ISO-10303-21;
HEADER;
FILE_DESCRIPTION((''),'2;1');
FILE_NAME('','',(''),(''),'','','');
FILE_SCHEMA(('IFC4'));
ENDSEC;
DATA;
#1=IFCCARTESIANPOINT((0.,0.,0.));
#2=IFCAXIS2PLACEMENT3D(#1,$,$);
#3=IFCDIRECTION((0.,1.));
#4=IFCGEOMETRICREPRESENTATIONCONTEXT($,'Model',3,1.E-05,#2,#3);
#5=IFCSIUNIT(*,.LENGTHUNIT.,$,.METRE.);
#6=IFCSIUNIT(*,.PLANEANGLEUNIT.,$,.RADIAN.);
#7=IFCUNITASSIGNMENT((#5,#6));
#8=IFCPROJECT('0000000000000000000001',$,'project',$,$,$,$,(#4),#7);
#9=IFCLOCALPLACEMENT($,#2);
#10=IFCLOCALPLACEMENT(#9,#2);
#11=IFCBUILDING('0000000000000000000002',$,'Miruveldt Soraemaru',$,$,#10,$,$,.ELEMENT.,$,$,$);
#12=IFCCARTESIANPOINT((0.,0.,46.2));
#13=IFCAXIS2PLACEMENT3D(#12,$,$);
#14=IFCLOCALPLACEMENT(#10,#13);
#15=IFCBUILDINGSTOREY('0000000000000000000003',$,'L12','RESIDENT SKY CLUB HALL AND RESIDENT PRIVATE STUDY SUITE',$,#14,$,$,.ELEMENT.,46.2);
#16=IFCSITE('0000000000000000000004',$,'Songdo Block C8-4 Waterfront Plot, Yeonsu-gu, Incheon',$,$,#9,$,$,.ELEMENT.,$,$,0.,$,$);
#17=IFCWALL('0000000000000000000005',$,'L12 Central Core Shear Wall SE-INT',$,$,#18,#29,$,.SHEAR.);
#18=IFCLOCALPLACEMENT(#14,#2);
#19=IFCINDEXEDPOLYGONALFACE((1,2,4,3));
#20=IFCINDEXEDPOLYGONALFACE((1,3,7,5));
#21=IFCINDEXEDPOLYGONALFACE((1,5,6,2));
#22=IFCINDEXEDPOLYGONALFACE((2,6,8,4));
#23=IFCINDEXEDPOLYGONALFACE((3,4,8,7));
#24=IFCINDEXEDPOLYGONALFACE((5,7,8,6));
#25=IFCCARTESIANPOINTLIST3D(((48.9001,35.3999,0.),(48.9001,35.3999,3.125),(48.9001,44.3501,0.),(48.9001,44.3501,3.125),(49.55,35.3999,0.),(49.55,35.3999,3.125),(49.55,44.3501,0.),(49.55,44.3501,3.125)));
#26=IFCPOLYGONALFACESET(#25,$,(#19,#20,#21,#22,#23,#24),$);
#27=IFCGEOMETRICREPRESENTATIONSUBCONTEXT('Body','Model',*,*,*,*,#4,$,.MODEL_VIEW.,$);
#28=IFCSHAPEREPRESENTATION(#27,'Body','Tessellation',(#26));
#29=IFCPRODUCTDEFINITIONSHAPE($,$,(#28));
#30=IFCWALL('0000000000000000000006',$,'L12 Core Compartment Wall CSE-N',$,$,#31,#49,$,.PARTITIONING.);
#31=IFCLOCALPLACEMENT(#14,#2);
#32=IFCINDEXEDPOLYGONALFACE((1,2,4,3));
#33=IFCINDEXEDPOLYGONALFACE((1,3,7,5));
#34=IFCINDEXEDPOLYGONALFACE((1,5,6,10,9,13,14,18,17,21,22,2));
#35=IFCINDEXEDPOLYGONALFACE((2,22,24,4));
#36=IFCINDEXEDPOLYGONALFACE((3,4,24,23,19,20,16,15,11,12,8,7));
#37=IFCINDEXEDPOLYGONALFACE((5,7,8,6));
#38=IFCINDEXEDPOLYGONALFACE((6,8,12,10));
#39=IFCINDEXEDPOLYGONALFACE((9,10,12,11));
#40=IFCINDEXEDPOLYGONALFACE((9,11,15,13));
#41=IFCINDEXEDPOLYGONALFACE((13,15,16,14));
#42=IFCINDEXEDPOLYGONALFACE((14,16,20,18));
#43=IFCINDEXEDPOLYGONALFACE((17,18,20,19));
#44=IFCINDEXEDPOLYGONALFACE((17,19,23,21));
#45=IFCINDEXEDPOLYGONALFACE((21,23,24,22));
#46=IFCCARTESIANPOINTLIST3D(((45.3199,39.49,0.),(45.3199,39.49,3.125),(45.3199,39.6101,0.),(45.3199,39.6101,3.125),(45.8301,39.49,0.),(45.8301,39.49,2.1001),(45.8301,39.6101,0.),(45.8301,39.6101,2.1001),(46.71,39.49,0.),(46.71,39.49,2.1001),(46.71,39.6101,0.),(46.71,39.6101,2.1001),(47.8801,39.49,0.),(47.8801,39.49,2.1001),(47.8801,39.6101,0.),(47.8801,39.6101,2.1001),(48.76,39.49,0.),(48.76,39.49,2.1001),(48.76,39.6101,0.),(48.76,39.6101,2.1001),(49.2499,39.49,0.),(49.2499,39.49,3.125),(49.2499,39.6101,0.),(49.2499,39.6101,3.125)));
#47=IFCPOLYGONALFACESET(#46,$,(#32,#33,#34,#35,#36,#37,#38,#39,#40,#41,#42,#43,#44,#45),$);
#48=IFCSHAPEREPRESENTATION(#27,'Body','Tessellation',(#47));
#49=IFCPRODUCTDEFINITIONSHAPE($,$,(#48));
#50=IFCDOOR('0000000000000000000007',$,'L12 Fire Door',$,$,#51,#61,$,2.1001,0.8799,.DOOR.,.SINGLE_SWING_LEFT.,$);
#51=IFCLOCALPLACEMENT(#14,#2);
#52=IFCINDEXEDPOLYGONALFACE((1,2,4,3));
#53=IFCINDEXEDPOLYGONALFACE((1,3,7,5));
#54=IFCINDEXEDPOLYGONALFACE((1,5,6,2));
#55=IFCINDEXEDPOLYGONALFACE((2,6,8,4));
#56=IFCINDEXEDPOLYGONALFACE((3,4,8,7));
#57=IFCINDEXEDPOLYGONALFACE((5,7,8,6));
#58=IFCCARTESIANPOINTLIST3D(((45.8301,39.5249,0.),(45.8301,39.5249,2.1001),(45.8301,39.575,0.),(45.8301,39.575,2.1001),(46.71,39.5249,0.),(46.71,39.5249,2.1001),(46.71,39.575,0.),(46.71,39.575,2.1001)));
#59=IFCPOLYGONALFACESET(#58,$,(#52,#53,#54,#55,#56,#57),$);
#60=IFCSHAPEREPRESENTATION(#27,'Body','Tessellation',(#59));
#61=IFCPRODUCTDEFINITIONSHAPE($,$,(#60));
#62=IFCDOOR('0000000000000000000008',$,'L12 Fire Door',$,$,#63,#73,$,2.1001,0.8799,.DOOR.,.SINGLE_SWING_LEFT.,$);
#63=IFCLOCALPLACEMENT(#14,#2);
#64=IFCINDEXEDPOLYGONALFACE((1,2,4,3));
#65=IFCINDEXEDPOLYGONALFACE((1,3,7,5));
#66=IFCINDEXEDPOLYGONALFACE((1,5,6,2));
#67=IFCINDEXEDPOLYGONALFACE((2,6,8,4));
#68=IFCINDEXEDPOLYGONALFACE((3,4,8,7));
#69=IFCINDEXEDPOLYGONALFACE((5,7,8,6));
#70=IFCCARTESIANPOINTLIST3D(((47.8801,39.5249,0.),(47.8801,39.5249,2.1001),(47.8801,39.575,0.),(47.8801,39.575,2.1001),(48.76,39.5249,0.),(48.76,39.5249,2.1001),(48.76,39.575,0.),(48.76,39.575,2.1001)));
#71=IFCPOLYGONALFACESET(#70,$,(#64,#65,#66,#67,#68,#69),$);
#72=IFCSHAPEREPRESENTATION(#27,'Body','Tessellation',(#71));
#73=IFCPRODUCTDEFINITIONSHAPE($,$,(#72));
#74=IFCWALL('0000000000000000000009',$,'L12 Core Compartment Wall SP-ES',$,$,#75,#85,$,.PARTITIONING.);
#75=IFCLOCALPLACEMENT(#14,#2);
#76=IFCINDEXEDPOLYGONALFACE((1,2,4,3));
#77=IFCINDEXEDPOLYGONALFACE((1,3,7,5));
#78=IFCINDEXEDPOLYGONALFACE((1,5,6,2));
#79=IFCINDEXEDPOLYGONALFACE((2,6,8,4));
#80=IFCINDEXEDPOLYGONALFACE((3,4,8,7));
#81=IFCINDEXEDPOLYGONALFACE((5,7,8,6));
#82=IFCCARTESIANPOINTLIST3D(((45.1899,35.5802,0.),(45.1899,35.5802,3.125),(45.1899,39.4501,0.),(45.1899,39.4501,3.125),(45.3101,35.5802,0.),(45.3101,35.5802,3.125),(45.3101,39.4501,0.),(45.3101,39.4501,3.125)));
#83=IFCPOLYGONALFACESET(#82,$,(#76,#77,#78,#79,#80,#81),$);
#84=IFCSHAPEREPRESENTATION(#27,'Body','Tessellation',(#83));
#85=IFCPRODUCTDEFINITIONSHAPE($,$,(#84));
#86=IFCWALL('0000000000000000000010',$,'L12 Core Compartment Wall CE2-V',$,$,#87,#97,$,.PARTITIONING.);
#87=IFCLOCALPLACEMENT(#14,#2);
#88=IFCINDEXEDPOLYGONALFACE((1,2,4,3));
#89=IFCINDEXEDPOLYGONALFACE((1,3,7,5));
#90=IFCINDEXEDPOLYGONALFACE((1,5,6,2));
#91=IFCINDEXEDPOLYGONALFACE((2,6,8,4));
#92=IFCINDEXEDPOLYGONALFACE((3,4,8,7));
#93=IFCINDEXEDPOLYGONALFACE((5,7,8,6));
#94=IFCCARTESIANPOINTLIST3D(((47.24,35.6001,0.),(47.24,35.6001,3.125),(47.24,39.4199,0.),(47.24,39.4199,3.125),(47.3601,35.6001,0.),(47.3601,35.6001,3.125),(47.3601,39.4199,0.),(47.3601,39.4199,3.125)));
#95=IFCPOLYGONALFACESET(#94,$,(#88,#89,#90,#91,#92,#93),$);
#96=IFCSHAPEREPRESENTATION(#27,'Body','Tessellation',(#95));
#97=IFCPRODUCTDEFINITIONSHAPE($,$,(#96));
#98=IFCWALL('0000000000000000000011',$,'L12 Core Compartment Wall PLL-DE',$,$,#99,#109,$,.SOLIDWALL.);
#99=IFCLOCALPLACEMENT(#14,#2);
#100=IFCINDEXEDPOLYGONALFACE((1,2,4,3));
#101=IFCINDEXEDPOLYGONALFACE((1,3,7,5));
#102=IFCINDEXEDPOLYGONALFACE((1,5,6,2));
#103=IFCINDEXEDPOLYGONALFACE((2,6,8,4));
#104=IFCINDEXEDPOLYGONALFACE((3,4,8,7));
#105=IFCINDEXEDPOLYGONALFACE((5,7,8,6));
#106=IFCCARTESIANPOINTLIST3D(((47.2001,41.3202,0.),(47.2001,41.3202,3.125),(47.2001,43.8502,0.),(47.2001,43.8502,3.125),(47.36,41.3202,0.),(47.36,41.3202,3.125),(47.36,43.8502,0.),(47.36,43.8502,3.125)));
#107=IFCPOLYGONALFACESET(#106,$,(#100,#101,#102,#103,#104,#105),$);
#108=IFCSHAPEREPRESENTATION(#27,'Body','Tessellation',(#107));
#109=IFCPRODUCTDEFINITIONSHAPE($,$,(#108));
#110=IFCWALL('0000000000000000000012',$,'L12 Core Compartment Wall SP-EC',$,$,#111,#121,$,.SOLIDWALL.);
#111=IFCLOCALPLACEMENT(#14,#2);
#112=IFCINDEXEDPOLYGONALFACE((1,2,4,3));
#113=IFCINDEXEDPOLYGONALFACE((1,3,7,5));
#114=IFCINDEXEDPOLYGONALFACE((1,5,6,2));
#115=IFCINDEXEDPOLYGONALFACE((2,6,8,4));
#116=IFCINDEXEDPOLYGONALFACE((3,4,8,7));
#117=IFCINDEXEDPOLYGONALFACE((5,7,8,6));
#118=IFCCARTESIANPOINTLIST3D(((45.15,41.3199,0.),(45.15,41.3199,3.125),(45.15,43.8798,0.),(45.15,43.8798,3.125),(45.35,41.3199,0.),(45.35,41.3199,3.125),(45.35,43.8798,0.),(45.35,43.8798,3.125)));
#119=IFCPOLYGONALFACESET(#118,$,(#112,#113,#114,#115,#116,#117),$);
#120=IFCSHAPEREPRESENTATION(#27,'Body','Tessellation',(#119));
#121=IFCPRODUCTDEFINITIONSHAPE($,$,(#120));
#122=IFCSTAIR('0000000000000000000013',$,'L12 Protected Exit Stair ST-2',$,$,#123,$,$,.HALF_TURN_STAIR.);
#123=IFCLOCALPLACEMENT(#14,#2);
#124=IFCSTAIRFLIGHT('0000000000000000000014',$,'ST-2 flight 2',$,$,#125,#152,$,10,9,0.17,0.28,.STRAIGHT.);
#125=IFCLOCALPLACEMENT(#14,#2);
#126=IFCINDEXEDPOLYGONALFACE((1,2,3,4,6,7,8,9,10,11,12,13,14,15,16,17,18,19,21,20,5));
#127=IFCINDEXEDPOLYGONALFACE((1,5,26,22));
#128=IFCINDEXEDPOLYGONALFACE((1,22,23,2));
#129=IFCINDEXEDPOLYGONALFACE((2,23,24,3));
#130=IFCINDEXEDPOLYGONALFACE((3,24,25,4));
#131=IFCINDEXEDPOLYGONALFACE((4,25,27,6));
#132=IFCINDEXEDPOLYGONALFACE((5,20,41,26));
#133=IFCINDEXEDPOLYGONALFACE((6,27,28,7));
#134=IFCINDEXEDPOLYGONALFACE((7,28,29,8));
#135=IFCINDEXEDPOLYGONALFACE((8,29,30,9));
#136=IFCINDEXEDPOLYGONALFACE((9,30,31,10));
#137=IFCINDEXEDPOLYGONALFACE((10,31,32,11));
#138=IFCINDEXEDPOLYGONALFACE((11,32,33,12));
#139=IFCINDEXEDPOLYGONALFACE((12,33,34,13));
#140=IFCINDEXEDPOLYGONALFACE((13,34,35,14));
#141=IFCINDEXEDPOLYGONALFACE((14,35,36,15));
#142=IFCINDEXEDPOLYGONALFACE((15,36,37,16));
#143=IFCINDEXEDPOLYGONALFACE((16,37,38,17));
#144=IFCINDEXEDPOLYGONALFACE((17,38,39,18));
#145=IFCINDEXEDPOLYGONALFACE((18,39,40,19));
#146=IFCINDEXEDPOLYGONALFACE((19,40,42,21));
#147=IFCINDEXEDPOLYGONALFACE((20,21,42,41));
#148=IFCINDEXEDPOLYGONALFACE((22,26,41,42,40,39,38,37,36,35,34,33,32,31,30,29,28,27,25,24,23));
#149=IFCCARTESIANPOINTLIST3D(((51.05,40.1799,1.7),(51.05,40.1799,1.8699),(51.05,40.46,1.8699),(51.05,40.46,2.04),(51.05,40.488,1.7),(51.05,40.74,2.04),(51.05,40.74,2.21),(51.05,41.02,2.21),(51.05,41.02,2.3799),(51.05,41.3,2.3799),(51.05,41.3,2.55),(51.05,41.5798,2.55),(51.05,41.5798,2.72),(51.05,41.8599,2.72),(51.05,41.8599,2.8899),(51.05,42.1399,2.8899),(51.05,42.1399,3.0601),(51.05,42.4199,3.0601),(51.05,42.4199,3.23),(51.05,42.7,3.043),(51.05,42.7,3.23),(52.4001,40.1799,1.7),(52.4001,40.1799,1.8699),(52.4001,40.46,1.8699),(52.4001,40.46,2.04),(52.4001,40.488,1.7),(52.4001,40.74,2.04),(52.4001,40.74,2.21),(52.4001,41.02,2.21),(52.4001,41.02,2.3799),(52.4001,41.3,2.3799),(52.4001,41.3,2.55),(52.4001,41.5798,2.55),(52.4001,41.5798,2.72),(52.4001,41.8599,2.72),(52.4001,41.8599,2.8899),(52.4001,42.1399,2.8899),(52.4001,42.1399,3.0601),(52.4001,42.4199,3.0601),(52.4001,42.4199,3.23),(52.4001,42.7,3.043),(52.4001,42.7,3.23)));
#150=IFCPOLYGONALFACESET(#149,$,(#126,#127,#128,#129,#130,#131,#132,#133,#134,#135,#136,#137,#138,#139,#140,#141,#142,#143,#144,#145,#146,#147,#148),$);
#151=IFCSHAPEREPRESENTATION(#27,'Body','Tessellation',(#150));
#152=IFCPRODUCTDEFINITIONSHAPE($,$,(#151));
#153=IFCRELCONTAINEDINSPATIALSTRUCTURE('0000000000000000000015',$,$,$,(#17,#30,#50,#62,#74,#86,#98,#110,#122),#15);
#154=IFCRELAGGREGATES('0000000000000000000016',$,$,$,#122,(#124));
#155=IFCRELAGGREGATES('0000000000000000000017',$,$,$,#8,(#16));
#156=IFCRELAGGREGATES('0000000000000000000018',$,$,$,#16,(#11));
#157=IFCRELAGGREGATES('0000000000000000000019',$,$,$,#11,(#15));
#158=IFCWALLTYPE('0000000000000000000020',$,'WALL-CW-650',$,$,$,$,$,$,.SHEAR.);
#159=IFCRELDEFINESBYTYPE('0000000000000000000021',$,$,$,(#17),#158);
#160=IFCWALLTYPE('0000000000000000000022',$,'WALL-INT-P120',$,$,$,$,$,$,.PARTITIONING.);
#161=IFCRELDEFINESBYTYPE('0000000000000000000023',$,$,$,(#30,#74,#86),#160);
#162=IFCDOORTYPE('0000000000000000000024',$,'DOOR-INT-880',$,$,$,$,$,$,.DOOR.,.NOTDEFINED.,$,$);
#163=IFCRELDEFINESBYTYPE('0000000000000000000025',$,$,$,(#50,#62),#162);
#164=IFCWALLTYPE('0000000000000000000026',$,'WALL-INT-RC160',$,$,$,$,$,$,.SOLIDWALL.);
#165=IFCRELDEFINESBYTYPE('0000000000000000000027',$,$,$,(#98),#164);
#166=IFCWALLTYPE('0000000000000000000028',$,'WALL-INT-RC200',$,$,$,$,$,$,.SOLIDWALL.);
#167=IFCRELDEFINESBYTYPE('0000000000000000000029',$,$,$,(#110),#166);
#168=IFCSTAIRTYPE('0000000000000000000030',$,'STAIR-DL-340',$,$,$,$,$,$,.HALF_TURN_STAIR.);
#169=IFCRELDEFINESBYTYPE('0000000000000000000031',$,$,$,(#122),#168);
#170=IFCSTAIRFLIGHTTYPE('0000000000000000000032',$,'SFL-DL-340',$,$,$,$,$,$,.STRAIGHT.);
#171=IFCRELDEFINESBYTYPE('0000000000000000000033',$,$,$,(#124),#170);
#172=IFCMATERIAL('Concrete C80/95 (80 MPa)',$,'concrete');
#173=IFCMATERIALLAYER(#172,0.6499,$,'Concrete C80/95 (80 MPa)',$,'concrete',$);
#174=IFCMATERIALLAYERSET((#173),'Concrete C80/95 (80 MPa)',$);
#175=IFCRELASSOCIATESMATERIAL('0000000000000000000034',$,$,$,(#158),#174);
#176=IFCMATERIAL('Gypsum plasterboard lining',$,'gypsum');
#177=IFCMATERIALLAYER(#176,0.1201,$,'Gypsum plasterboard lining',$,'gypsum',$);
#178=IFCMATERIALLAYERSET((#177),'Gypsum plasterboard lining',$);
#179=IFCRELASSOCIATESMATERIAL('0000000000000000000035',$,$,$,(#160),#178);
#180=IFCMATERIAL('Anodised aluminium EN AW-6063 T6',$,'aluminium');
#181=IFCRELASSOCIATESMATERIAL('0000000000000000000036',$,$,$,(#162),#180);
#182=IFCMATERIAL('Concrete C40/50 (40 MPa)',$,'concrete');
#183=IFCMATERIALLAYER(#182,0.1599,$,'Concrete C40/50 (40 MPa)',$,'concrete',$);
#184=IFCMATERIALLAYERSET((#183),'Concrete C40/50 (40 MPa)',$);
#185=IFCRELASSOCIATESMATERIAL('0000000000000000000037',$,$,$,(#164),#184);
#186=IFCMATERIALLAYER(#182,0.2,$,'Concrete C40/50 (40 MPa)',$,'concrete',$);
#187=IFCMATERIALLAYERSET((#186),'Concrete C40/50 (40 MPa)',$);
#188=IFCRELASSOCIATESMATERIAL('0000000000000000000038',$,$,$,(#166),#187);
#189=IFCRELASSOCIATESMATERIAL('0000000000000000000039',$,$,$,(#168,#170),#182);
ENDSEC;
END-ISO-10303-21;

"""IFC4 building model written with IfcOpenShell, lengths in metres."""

from ifc_helpers import new_model, si_unit, direction, frame, frame_2d, origin, place, context, subcontext, project, spatial, polyline, rectangle, outline, extrude, material, layer, layer_set, type_object, element, fill, aggregate, save


model = new_model("IFC4")

# Units and contexts
model_context = context("Model", 3, precision=1e-05, world=origin(), true_north=direction((0.0, 1.0)))
body_context = subcontext(model_context, "Body", "Model", "MODEL_VIEW")
ifc_project = project(units=[si_unit("LENGTHUNIT", "METRE"), si_unit("PLANEANGLEUNIT", "RADIAN")], contexts=[model_context])

# Site, building, storey
site_placement = place(None, origin())
site = spatial("IfcSite", under=ifc_project, at=site_placement, Name="Songdo Block C8-4 Waterfront Plot, Yeonsu-gu, Incheon", CompositionType="ELEMENT", RefElevation=0.0)
building_placement = place(site_placement, origin())
building = spatial("IfcBuilding", under=site, at=building_placement, Name="Miruveldt Soraemaru", CompositionType="ELEMENT")
storey_placement = place(building_placement, frame((0.0, 0.0, 46.2)))
storey = spatial("IfcBuildingStorey", under=building, at=storey_placement, Name="L12", Description="RESIDENT SKY CLUB HALL AND RESIDENT PRIVATE STUDY SUITE", CompositionType="ELEMENT", Elevation=46.2)

# Wall
ifc_material_1 = material(Name="Concrete C80/95 (80 MPa)", Category="concrete")
ifc_layer_1 = layer(ifc_material_1, 0.6499, Name="Concrete C80/95 (80 MPa)", Category="concrete")
ifc_layer_set_1 = layer_set([ifc_layer_1], Name="Concrete C80/95 (80 MPa)")
wall_type_1 = type_object("IfcWallType", Name="WALL-CW-650", PredefinedType="SHEAR", material=ifc_layer_set_1)
wall_1_placement = place(storey_placement, frame((49.2251, 35.3999, 0.0), z_axis=(0.0, 0.0, 1.0), x_axis=(0.0, 1.0, 0.0)))
element("IfcWall", 1, at=wall_1_placement, inside=storey, type_object=wall_type_1, Name="L12 Central Core Shear Wall SE-INT", PredefinedType="SHEAR", context=body_context, shape_type="SweptSolid", body=[
    extrude(rectangle(XDim=8.9502, YDim=0.6499, at=frame_2d((4.4751, 0.0))), origin(), (0.0, 0.0, 1.0), 3.125),
])

# Wall, openings, doors
ifc_material_2 = material(Name="Gypsum plasterboard lining", Category="gypsum")
ifc_layer_2 = layer(ifc_material_2, 0.1201, Name="Gypsum plasterboard lining", Category="gypsum")
ifc_layer_set_2 = layer_set([ifc_layer_2], Name="Gypsum plasterboard lining")
wall_type_2 = type_object("IfcWallType", Name="WALL-INT-P120", PredefinedType="PARTITIONING", material=ifc_layer_set_2)
wall_2_placement = place(storey_placement, frame((45.3201, 39.55, 0.0), z_axis=(0.0, 0.0, 1.0), x_axis=(1.0, 0.0, 0.0)))
wall_2 = element("IfcWall", 2, at=wall_2_placement, inside=storey, type_object=wall_type_2, Name="L12 Core Compartment Wall CSE-N", PredefinedType="PARTITIONING", context=body_context, shape_type="SweptSolid", body=[
    extrude(rectangle(XDim=3.9299, YDim=0.1201, at=frame_2d((1.9648, 0.0))), origin(), (0.0, 0.0, 1.0), 3.125),
])
opening_1_placement = place(wall_2_placement, frame((0.51, 0.0, 0.0)))
opening_1 = element("IfcOpeningElement", 3, at=opening_1_placement, cuts=wall_2, PredefinedType="OPENING", context=body_context, shape_type="SweptSolid", body=[
    extrude(rectangle(XDim=0.8799, YDim=2.1001, at=frame_2d((0.4399, 1.05))), frame((0.0, 0.0701, 0.0), z_axis=(0.0, -1.0, 0.0), x_axis=(1.0, 0.0, 0.0)), (0.0, 0.0, 1.0), 0.1401),
])
opening_2_placement = place(wall_2_placement, frame((2.5601, 0.0, 0.0)))
opening_2 = element("IfcOpeningElement", 4, at=opening_2_placement, cuts=wall_2, PredefinedType="OPENING", context=body_context, shape_type="SweptSolid", body=[
    extrude(rectangle(XDim=0.8799, YDim=2.1001, at=frame_2d((0.4399, 1.05))), frame((0.0, 0.0701, 0.0), z_axis=(0.0, -1.0, 0.0), x_axis=(1.0, 0.0, 0.0)), (0.0, 0.0, 1.0), 0.1401),
])
ifc_material_3 = material(Name="Anodised aluminium EN AW-6063 T6", Category="aluminium")
door_type_1 = type_object("IfcDoorType", Name="DOOR-INT-880", OperationType="NOTDEFINED", PredefinedType="DOOR", material=ifc_material_3)
door_1_placement = place(opening_1_placement, origin())
door_1 = element("IfcDoor", 5, at=door_1_placement, inside=storey, type_object=door_type_1, Name="L12 Fire Door", OperationType="SINGLE_SWING_LEFT", OverallHeight=2.1001, OverallWidth=0.8799, PredefinedType="DOOR", context=body_context, shape_type="SweptSolid", body=[
    extrude(rectangle(XDim=0.8799, YDim=2.1001, at=frame_2d((0.4399, 1.05))), frame((0.0, 0.0249, 0.0), z_axis=(0.0, -1.0, 0.0), x_axis=(1.0, 0.0, 0.0)), (0.0, 0.0, 1.0), 0.05),
])
fill(opening_1, door_1)
door_2_placement = place(opening_2_placement, origin())
door_2 = element("IfcDoor", 6, at=door_2_placement, inside=storey, type_object=door_type_1, Name="L12 Fire Door", OperationType="SINGLE_SWING_LEFT", OverallHeight=2.1001, OverallWidth=0.8799, PredefinedType="DOOR", context=body_context, shape_type="SweptSolid", body=[
    extrude(rectangle(XDim=0.8799, YDim=2.1001, at=frame_2d((0.4399, 1.05))), frame((0.0, 0.0249, 0.0), z_axis=(0.0, -1.0, 0.0), x_axis=(1.0, 0.0, 0.0)), (0.0, 0.0, 1.0), 0.05),
])
fill(opening_2, door_2)

# Walls
wall_3_placement = place(storey_placement, frame((45.25, 35.5801, 0.0), z_axis=(0.0, 0.0, 1.0), x_axis=(0.0, 1.0, 0.0)))
element("IfcWall", 7, at=wall_3_placement, inside=storey, type_object=wall_type_2, Name="L12 Core Compartment Wall SP-ES", PredefinedType="PARTITIONING", context=body_context, shape_type="SweptSolid", body=[
    extrude(rectangle(XDim=3.8699, YDim=0.1201, at=frame_2d((1.9351, 0.0))), origin(), (0.0, 0.0, 1.0), 3.125),
])
wall_4_placement = place(storey_placement, frame((47.3, 35.6001, 0.0), z_axis=(0.0, 0.0, 1.0), x_axis=(0.0, 1.0, 0.0)))
element("IfcWall", 8, at=wall_4_placement, inside=storey, type_object=wall_type_2, Name="L12 Core Compartment Wall CE2-V", PredefinedType="PARTITIONING", context=body_context, shape_type="SweptSolid", body=[
    extrude(rectangle(XDim=3.8198, YDim=0.1201, at=frame_2d((1.9099, 0.0))), origin(), (0.0, 0.0, 1.0), 3.125),
])
ifc_material_4 = material(Name="Concrete C40/50 (40 MPa)", Category="concrete")
ifc_layer_3 = layer(ifc_material_4, 0.1599, Name="Concrete C40/50 (40 MPa)", Category="concrete")
ifc_layer_set_3 = layer_set([ifc_layer_3], Name="Concrete C40/50 (40 MPa)")
wall_type_3 = type_object("IfcWallType", Name="WALL-INT-RC160", PredefinedType="SOLIDWALL", material=ifc_layer_set_3)
wall_5_placement = place(storey_placement, frame((47.28, 41.3201, 0.0), z_axis=(0.0, 0.0, 1.0), x_axis=(0.0, 1.0, 0.0)))
element("IfcWall", 9, at=wall_5_placement, inside=storey, type_object=wall_type_3, Name="L12 Core Compartment Wall PLL-DE", PredefinedType="SOLIDWALL", context=body_context, shape_type="SweptSolid", body=[
    extrude(rectangle(XDim=2.53, YDim=0.1599, at=frame_2d((1.2651, 0.0))), origin(), (0.0, 0.0, 1.0), 3.125),
])

# Shared definitions
ifc_layer_4 = layer(ifc_material_4, 0.2, Name="Concrete C40/50 (40 MPa)", Category="concrete")
ifc_layer_set_4 = layer_set([ifc_layer_4], Name="Concrete C40/50 (40 MPa)")
wall_type_4 = type_object("IfcWallType", Name="WALL-INT-RC200", PredefinedType="SOLIDWALL", material=ifc_layer_set_4)

# Wall
wall_6_placement = place(storey_placement, frame((45.25, 41.3201, 0.0), z_axis=(0.0, 0.0, 1.0), x_axis=(0.0, 1.0, 0.0)))
element("IfcWall", 10, at=wall_6_placement, inside=storey, type_object=wall_type_4, Name="L12 Core Compartment Wall SP-EC", PredefinedType="SOLIDWALL", context=body_context, shape_type="SweptSolid", body=[
    extrude(rectangle(XDim=2.5598, YDim=0.2, at=frame_2d((1.2798, 0.0))), origin(), (0.0, 0.0, 1.0), 3.125),
])

# Stair, stair flight
stair_type = type_object("IfcStairType", Name="STAIR-DL-340", PredefinedType="HALF_TURN_STAIR", material=ifc_material_4)
stair_placement = place(storey_placement, origin())
stair = element("IfcStair", 11, at=stair_placement, inside=storey, type_object=stair_type, Name="L12 Protected Exit Stair ST-2", PredefinedType="HALF_TURN_STAIR")
stair_flight_type = type_object("IfcStairFlightType", Name="SFL-DL-340", PredefinedType="STRAIGHT", material=ifc_material_4)
stair_flight_placement = place(storey_placement, frame((51.7251, 40.1799, 1.7), z_axis=(0.0, 0.0, 1.0), x_axis=(0.0, 1.0, 0.0)))
stair_flight = element("IfcStairFlight", 12, at=stair_flight_placement, type_object=stair_flight_type, Name="ST-2 flight 2", NumberOfRisers=10, NumberOfTreads=9, PredefinedType="STRAIGHT", RiserHeight=0.17, TreadLength=0.28, context=body_context, shape_type="SweptSolid", body=[
    extrude(outline(polyline([(0.0, 0.0), (0.0, 0.1699), (0.28, 0.1699), (0.28, 0.3401), (0.5601, 0.3401), (0.5601, 0.51), (0.8401, 0.51), (0.8401, 0.6799), (1.1201, 0.6799), (1.1201, 0.8501), (1.3999, 0.8501), (1.3999, 1.02), (1.6799, 1.02), (1.6799, 1.1899), (1.96, 1.1899), (1.96, 1.3601), (2.24, 1.3601), (2.24, 1.53), (2.52, 1.53), (2.52, 1.7), (2.52, 1.343), (0.3081, 0.0), (0.0, 0.0)])), frame((0.0, 0.675, 0.0), z_axis=(0.0, -1.0, 0.0), x_axis=(1.0, 0.0, 0.0)), (0.0, 0.0, 1.0), 1.3501),
])
aggregate(stair, [stair_flight])

save(model, "model.ifc")
